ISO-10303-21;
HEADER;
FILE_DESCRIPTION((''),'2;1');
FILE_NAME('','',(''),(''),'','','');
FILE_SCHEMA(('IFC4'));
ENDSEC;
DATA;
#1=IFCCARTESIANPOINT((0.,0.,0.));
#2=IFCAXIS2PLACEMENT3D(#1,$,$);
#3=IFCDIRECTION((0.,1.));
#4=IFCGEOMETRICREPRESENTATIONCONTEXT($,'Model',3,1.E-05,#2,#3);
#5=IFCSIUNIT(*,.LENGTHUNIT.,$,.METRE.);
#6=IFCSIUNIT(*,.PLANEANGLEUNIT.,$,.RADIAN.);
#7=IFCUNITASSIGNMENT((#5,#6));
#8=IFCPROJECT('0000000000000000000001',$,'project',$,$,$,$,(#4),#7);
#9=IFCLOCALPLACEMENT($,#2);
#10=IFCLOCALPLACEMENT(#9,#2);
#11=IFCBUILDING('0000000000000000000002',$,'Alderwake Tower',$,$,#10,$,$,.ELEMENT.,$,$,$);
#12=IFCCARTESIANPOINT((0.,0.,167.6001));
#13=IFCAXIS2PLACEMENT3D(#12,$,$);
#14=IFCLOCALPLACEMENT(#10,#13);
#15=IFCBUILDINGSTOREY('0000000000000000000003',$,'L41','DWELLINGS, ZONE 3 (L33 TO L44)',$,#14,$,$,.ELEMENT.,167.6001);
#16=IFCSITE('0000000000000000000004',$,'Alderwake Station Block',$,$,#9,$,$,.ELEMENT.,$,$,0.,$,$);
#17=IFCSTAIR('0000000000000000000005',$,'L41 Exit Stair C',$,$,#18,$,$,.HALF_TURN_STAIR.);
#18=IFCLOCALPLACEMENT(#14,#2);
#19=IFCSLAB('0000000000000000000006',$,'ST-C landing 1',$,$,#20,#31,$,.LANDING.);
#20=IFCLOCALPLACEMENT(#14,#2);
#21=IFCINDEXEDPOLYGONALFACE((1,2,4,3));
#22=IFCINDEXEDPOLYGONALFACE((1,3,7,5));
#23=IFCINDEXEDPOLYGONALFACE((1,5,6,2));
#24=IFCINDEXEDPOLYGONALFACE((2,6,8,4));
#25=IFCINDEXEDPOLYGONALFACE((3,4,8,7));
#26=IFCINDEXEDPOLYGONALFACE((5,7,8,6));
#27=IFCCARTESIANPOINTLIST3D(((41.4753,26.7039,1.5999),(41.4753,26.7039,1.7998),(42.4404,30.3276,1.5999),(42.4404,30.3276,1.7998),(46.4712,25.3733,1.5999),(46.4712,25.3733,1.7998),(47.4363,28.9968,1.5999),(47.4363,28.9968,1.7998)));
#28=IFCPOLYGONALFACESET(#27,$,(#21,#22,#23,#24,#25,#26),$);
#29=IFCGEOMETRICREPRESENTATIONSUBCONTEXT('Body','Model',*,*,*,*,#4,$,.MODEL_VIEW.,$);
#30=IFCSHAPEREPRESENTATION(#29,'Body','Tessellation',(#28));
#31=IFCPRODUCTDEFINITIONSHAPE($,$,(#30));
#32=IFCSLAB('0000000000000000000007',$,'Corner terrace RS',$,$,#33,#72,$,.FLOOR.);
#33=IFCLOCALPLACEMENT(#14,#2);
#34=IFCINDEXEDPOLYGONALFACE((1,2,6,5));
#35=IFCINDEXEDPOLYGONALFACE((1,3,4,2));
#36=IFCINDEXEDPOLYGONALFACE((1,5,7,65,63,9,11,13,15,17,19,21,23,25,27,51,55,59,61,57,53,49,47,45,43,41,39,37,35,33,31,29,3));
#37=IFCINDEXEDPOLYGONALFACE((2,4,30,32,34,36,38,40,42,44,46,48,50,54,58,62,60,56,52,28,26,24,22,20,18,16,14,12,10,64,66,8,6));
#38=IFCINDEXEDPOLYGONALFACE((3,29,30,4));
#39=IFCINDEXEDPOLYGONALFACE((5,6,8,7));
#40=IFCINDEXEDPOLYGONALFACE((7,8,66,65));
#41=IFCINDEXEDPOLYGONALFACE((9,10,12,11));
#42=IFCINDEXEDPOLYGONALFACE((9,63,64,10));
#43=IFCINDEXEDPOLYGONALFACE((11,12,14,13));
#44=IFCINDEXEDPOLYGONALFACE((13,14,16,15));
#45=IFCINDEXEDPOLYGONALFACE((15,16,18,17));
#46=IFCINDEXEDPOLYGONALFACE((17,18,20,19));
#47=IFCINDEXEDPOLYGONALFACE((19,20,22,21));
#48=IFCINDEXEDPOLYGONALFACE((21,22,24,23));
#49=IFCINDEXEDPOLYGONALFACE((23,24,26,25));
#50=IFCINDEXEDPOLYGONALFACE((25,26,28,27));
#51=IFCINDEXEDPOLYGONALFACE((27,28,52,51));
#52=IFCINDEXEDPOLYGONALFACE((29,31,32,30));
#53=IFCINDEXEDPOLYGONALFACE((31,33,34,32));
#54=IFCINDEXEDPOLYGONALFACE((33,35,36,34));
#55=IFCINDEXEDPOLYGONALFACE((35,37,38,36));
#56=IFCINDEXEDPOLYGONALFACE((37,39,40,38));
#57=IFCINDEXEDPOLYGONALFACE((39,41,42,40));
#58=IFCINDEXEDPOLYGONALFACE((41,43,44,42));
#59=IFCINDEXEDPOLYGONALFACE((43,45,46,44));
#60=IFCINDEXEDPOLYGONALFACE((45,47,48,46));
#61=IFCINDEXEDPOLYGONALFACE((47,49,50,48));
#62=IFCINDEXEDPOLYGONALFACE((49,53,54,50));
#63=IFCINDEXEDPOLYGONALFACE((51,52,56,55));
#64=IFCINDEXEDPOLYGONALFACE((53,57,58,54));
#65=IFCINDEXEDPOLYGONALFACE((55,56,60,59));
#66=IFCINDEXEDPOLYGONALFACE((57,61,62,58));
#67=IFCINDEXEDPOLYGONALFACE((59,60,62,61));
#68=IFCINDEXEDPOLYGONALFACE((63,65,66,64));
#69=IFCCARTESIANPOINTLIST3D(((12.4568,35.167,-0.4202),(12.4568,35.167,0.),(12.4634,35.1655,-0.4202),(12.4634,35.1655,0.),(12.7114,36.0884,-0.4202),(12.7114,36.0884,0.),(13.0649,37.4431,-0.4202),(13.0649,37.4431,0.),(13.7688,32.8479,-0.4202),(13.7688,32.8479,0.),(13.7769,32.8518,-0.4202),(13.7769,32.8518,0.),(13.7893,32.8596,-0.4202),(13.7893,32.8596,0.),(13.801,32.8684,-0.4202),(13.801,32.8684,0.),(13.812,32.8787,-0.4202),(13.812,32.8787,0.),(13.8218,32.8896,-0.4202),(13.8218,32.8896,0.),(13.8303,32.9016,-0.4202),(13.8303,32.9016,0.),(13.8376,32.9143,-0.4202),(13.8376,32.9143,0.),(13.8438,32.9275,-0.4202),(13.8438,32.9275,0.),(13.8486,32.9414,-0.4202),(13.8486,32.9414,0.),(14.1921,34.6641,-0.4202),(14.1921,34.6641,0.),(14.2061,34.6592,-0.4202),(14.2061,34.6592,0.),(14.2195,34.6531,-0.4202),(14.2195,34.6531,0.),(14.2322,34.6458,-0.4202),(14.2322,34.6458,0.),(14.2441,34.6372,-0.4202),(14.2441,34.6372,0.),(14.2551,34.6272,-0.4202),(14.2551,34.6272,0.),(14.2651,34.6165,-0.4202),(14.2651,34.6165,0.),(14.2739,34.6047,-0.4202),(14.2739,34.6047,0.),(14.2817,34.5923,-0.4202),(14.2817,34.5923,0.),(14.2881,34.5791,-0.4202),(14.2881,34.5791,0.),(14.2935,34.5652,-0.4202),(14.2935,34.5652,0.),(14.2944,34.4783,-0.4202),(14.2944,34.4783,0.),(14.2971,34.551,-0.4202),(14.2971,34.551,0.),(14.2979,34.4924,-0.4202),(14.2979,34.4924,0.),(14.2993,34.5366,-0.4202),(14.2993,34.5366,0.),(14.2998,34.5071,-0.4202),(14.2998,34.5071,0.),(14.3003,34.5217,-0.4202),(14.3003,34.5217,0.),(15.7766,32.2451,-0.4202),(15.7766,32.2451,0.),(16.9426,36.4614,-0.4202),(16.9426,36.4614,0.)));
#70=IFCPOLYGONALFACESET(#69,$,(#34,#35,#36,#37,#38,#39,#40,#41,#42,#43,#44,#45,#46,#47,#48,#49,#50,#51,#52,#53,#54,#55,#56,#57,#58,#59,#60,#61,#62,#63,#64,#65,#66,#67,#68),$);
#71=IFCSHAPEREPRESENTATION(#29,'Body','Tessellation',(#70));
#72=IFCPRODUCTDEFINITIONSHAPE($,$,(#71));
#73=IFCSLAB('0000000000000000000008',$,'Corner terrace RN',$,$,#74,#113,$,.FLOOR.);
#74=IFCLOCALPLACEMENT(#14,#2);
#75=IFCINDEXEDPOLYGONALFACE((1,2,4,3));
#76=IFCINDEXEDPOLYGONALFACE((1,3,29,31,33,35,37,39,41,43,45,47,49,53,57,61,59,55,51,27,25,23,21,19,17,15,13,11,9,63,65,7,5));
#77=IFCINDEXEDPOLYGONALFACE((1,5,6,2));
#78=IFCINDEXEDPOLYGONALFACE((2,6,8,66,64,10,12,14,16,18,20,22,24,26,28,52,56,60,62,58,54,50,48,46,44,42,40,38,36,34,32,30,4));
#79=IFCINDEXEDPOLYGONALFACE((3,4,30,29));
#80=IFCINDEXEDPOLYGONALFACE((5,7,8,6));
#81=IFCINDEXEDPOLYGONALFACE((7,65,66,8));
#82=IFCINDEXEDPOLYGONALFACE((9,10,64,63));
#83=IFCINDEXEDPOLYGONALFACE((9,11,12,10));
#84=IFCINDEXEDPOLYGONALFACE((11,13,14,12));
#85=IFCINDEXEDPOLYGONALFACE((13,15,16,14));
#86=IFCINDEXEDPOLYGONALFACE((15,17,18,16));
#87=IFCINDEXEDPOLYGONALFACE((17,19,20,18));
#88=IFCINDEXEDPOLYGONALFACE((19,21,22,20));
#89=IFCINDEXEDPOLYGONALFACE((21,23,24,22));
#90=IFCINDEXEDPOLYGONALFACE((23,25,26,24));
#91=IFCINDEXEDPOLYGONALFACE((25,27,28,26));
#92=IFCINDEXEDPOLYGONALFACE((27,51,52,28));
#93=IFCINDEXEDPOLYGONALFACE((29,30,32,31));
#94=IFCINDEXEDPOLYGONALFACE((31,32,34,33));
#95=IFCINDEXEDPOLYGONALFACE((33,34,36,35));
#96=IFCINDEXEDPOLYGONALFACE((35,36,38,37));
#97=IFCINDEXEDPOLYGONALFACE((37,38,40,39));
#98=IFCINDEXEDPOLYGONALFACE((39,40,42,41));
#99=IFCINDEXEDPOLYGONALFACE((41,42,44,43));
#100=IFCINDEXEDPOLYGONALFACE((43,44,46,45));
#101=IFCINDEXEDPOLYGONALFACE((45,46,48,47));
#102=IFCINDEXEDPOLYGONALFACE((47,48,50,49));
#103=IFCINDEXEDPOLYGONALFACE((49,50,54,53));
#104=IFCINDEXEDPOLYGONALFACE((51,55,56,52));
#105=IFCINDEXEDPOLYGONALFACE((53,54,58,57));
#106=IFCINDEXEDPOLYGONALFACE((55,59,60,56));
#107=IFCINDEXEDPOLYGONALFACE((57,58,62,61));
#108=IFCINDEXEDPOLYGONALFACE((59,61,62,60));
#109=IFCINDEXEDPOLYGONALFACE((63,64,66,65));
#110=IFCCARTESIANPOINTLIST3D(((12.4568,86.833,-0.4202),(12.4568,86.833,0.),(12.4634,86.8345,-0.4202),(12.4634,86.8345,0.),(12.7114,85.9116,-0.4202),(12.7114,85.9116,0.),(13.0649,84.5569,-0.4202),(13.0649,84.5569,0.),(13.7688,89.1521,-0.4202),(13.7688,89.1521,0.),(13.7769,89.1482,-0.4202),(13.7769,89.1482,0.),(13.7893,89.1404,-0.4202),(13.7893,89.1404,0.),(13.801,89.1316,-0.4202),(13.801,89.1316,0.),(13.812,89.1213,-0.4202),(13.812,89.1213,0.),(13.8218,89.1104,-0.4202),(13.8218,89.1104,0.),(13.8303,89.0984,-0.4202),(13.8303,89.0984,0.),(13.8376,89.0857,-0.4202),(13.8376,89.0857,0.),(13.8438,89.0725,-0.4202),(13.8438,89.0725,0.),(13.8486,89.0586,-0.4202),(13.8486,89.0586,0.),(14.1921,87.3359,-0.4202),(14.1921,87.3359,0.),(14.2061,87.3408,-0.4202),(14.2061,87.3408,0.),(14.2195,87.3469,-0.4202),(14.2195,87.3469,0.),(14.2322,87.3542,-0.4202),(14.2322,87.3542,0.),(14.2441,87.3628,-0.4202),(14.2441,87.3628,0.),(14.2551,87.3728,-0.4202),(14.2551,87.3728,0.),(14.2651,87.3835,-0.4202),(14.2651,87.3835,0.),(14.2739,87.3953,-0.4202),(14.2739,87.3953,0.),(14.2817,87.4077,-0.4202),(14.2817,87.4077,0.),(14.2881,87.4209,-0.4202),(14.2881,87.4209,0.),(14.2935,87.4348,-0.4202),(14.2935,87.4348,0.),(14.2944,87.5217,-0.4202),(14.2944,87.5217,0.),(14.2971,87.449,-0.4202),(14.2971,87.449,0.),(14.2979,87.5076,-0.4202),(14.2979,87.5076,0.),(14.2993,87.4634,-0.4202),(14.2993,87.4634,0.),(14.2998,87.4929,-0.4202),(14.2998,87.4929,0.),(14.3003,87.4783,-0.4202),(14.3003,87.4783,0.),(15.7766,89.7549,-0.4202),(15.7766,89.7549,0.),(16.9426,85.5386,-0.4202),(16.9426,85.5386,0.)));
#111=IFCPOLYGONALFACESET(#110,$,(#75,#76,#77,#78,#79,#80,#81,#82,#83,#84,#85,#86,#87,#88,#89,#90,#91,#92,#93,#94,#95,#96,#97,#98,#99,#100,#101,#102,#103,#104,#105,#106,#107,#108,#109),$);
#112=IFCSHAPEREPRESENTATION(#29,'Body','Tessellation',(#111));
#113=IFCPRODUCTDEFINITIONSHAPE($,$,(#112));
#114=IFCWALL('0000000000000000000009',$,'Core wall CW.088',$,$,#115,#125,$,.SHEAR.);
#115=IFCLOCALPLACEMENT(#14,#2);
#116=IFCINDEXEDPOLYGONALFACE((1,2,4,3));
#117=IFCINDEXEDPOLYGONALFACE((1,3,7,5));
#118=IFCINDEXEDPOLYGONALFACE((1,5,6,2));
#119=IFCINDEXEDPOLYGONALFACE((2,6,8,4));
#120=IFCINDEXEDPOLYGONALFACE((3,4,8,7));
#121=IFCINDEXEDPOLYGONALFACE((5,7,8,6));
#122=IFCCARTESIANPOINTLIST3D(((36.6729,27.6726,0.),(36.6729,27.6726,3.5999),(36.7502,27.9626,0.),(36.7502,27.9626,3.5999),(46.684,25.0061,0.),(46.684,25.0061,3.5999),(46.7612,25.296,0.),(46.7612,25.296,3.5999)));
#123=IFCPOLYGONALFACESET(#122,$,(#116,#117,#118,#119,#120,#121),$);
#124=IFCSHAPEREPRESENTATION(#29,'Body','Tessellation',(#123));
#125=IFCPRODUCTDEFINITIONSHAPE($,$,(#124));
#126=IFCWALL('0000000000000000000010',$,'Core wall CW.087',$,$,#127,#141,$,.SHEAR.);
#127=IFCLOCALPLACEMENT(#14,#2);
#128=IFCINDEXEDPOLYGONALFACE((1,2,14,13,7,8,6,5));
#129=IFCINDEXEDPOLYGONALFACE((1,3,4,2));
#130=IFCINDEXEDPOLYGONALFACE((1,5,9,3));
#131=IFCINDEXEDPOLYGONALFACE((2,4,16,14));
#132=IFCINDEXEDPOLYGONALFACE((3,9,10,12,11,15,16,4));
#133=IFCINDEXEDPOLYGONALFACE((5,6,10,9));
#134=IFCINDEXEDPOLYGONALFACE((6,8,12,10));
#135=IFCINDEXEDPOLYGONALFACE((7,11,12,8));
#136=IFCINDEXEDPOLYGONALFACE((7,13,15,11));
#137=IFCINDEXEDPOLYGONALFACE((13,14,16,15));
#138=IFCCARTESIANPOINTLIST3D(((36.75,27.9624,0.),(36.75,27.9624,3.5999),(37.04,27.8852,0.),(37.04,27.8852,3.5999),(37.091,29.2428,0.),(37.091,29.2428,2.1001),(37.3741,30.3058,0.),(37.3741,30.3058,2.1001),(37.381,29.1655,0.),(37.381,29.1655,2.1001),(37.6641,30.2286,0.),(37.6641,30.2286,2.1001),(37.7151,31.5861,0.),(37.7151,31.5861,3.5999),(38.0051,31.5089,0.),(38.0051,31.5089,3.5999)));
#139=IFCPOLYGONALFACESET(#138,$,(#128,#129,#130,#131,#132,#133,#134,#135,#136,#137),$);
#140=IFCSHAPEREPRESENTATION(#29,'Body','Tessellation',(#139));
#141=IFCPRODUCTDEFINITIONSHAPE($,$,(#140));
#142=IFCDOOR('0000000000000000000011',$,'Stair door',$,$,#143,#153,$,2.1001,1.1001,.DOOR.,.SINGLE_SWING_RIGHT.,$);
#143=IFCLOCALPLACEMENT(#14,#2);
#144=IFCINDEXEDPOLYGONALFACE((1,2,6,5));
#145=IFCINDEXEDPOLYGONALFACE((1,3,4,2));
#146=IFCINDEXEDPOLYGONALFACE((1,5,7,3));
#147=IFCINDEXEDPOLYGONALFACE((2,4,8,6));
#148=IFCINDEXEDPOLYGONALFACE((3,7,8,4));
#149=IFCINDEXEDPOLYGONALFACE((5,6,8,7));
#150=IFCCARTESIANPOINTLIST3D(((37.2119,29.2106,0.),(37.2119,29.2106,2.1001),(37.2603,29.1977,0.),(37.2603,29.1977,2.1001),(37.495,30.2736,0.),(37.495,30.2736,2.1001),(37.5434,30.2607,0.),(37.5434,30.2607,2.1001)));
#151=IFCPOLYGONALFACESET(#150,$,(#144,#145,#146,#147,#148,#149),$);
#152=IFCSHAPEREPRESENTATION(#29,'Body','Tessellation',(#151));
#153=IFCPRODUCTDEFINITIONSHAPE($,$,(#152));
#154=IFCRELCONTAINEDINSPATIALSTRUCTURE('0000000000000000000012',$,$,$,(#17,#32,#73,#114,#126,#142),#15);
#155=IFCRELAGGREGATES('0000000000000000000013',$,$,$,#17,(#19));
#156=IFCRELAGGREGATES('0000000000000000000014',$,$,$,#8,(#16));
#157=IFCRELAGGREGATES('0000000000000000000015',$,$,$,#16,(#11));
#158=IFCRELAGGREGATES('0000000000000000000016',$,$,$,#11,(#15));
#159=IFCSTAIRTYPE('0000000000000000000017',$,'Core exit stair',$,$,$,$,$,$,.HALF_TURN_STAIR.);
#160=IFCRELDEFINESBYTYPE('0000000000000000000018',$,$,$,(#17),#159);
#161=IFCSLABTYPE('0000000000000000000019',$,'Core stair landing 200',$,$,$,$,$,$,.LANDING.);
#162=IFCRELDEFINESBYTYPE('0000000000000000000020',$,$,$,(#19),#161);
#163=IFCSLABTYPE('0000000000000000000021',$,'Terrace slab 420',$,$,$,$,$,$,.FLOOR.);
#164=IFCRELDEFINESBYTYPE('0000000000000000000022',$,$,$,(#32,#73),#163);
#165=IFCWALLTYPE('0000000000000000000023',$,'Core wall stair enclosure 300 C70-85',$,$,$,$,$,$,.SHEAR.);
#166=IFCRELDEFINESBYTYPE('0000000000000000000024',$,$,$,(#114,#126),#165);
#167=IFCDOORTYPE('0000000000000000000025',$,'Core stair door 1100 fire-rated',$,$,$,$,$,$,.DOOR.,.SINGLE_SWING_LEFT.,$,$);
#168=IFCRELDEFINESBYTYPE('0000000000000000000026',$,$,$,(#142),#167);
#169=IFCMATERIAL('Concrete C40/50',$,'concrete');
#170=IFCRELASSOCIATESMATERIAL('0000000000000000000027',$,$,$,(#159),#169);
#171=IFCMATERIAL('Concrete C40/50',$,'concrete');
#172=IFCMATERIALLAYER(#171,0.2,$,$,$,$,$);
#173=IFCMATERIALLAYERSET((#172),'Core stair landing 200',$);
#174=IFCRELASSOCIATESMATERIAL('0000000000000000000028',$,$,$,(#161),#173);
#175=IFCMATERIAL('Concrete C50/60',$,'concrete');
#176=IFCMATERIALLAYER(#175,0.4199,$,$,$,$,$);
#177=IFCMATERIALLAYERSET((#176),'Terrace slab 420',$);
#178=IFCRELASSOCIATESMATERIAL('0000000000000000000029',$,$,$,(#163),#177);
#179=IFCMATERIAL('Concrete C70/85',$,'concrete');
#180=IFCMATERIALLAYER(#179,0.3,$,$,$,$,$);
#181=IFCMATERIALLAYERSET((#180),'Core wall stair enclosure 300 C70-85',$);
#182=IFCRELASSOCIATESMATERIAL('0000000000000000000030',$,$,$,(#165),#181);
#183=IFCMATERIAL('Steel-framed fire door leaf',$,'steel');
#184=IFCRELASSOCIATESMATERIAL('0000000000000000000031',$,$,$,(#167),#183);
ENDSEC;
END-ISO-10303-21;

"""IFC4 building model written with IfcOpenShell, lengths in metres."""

from ifc_helpers import new_model, si_unit, direction, frame, frame_2d, origin, place, context, subcontext, project, spatial, polyline, rectangle, outline, extrude, material, layer, layer_set, type_object, element, fill, aggregate, save


model = new_model("IFC4")

# Units and contexts
model_context = context("Model", 3, precision=1e-05, world=origin(), true_north=direction((0.0, 1.0)))
body_context = subcontext(model_context, "Body", "Model", "MODEL_VIEW")
ifc_project = project(units=[si_unit("LENGTHUNIT", "METRE"), si_unit("PLANEANGLEUNIT", "RADIAN")], contexts=[model_context])

# Site, building, storey
site_placement = place(None, origin())
site = spatial("IfcSite", under=ifc_project, at=site_placement, Name="Alderwake Station Block", CompositionType="ELEMENT", RefElevation=0.0)
building_placement = place(site_placement, origin())
building = spatial("IfcBuilding", under=site, at=building_placement, Name="Alderwake Tower", CompositionType="ELEMENT")
storey_placement = place(building_placement, frame((0.0, 0.0, 167.6001)))
storey = spatial("IfcBuildingStorey", under=building, at=storey_placement, Name="L41", Description="DWELLINGS, ZONE 3 (L33 TO L44)", CompositionType="ELEMENT", Elevation=167.6001)

# Stair, slab
ifc_material_1 = material(Name="Concrete C40/50", Category="concrete")
stair_type = type_object("IfcStairType", Name="Core exit stair", PredefinedType="HALF_TURN_STAIR", material=ifc_material_1)
ifc_material_2 = material(Name="Concrete C40/50", Category="concrete")
ifc_layer_1 = layer(ifc_material_2, 0.2)
ifc_layer_set_1 = layer_set([ifc_layer_1], Name="Core stair landing 200")
slab_type_1 = type_object("IfcSlabType", Name="Core stair landing 200", PredefinedType="LANDING", material=ifc_layer_set_1)
stair_1_placement = place(storey_placement, origin())
stair_1 = element("IfcStair", 1, at=stair_1_placement, inside=storey, type_object=stair_type, Name="L41 Exit Stair C", PredefinedType="HALF_TURN_STAIR")
slab_1_placement = place(storey_placement, frame((0.0, 0.0, 1.5999)))
slab_1 = element("IfcSlab", 2, at=slab_1_placement, type_object=slab_type_1, Name="ST-C landing 1", PredefinedType="LANDING", context=body_context, shape_type="SweptSolid", body=[
    extrude(outline(polyline([(41.4753, 26.7039), (46.4712, 25.3733), (47.4363, 28.9968), (42.4404, 30.3276), (41.4753, 26.7039)])), origin(), (0.0, 0.0, 1.0), 0.2),
])
aggregate(stair_1, [slab_1])

# Slabs
ifc_material_3 = material(Name="Concrete C50/60", Category="concrete")
ifc_layer_2 = layer(ifc_material_3, 0.4199)
ifc_layer_set_2 = layer_set([ifc_layer_2], Name="Terrace slab 420")
slab_type_2 = type_object("IfcSlabType", Name="Terrace slab 420", PredefinedType="FLOOR", material=ifc_layer_set_2)
slab_2_placement = place(storey_placement, frame((0.0, 0.0, -0.4202)))
element("IfcSlab", 3, at=slab_2_placement, inside=storey, type_object=slab_type_2, Name="Corner terrace RS", PredefinedType="FLOOR", context=body_context, shape_type="SweptSolid", body=[
    extrude(outline(polyline([(15.7766, 32.2451), (13.7688, 32.8479), (13.7769, 32.8518), (13.7893, 32.8596), (13.801, 32.8684), (13.812, 32.8787), (13.8218, 32.8896), (13.8303, 32.9016), (13.8376, 32.9143), (13.8438, 32.9275), (13.8486, 32.9414), (14.2944, 34.4783), (14.2979, 34.4924), (14.2998, 34.5071), (14.3003, 34.5217), (14.2993, 34.5366), (14.2971, 34.551), (14.2935, 34.5652), (14.2881, 34.5791), (14.2817, 34.5923), (14.2739, 34.6047), (14.2651, 34.6165), (14.2551, 34.6272), (14.2441, 34.6372), (14.2322, 34.6458), (14.2195, 34.6531), (14.2061, 34.6592), (14.1921, 34.6641), (12.4634, 35.1655), (12.4568, 35.167), (12.7114, 36.0884), (13.0649, 37.4431), (16.9426, 36.4614), (15.7766, 32.2451)])), origin(), (0.0, 0.0, 1.0), 0.4202),
])
slab_3_placement = place(storey_placement, frame((0.0, 0.0, -0.4202)))
element("IfcSlab", 4, at=slab_3_placement, inside=storey, type_object=slab_type_2, Name="Corner terrace RN", PredefinedType="FLOOR", context=body_context, shape_type="SweptSolid", body=[
    extrude(outline(polyline([(12.4568, 86.833), (12.4634, 86.8345), (14.1921, 87.3359), (14.2061, 87.3408), (14.2195, 87.3469), (14.2322, 87.3542), (14.2441, 87.3628), (14.2551, 87.3728), (14.2651, 87.3835), (14.2739, 87.3953), (14.2817, 87.4077), (14.2881, 87.4209), (14.2935, 87.4348), (14.2971, 87.449), (14.2993, 87.4634), (14.3003, 87.4783), (14.2998, 87.4929), (14.2979, 87.5076), (14.2944, 87.5217), (13.8486, 89.0586), (13.8438, 89.0725), (13.8376, 89.0857), (13.8303, 89.0984), (13.8218, 89.1104), (13.812, 89.1213), (13.801, 89.1316), (13.7893, 89.1404), (13.7769, 89.1482), (13.7688, 89.1521), (15.7766, 89.7549), (16.9426, 85.5386), (13.0649, 84.5569), (12.7114, 85.9116), (12.4568, 86.833)])), origin(), (0.0, 0.0, 1.0), 0.4202),
])

# Wall
ifc_material_4 = material(Name="Concrete C70/85", Category="concrete")
ifc_layer_3 = layer(ifc_material_4, 0.3)
ifc_layer_set_3 = layer_set([ifc_layer_3], Name="Core wall stair enclosure 300 C70-85")
wall_type_1 = type_object("IfcWallType", Name="Core wall stair enclosure 300 C70-85", PredefinedType="SHEAR", material=ifc_layer_set_3)
wall_1_placement = place(storey_placement, frame((36.7114, 27.8176, 0.0), z_axis=(0.0, 0.0, 1.0), x_axis=(0.966309, -0.257384, 0.0)))
element("IfcWall", 5, at=wall_1_placement, inside=storey, type_object=wall_type_1, Name="Core wall CW.088", PredefinedType="SHEAR", context=body_context, shape_type="SweptSolid", body=[
    extrude(rectangle(XDim=10.3601, YDim=0.3, at=frame_2d((5.1802, 0.0))), origin(), (0.0, 0.0, 1.0), 3.5999),
])

# Wall, opening, door
wall_2_placement = place(storey_placement, frame((36.895, 27.9238, 0.0), z_axis=(0.0, 0.0, 1.0), x_axis=(0.257351, 0.966318, 0.0)))
wall_2 = element("IfcWall", 6, at=wall_2_placement, inside=storey, type_object=wall_type_1, Name="Core wall CW.087", PredefinedType="SHEAR", context=body_context, shape_type="SweptSolid", body=[
    extrude(rectangle(XDim=3.75, YDim=0.3, at=frame_2d((1.875, 0.0))), origin(), (0.0, 0.0, 1.0), 3.5999),
])
opening_1_placement = place(wall_2_placement, frame((1.325, 0.0, 0.0)))
opening_1 = element("IfcOpeningElement", 7, at=opening_1_placement, cuts=wall_2, PredefinedType="OPENING", context=body_context, shape_type="SweptSolid", body=[
    extrude(rectangle(XDim=1.1001, YDim=2.1001, at=frame_2d((0.55, 1.05))), frame((0.0, 0.1599, 0.0), z_axis=(0.0, -1.0, 0.0), x_axis=(1.0, 0.0, 0.0)), (0.0, 0.0, 1.0), 0.3201),
])
ifc_material_5 = material(Name="Steel-framed fire door leaf", Category="steel")
door_type_1 = type_object("IfcDoorType", Name="Core stair door 1100 fire-rated", OperationType="SINGLE_SWING_LEFT", PredefinedType="DOOR", material=ifc_material_5)
door_1_placement = place(opening_1_placement, origin())
door_1 = element("IfcDoor", 8, at=door_1_placement, inside=storey, type_object=door_type_1, Name="Stair door", OperationType="SINGLE_SWING_RIGHT", OverallHeight=2.1001, OverallWidth=1.1001, PredefinedType="DOOR", context=body_context, shape_type="SweptSolid", body=[
    extrude(rectangle(XDim=1.1001, YDim=2.1001, at=frame_2d((0.55, 1.05))), frame((0.0, 0.0249, 0.0), z_axis=(0.0, -1.0, 0.0), x_axis=(1.0, 0.0, 0.0)), (0.0, 0.0, 1.0), 0.05),
])
fill(opening_1, door_1)

save(model, "model.ifc")
